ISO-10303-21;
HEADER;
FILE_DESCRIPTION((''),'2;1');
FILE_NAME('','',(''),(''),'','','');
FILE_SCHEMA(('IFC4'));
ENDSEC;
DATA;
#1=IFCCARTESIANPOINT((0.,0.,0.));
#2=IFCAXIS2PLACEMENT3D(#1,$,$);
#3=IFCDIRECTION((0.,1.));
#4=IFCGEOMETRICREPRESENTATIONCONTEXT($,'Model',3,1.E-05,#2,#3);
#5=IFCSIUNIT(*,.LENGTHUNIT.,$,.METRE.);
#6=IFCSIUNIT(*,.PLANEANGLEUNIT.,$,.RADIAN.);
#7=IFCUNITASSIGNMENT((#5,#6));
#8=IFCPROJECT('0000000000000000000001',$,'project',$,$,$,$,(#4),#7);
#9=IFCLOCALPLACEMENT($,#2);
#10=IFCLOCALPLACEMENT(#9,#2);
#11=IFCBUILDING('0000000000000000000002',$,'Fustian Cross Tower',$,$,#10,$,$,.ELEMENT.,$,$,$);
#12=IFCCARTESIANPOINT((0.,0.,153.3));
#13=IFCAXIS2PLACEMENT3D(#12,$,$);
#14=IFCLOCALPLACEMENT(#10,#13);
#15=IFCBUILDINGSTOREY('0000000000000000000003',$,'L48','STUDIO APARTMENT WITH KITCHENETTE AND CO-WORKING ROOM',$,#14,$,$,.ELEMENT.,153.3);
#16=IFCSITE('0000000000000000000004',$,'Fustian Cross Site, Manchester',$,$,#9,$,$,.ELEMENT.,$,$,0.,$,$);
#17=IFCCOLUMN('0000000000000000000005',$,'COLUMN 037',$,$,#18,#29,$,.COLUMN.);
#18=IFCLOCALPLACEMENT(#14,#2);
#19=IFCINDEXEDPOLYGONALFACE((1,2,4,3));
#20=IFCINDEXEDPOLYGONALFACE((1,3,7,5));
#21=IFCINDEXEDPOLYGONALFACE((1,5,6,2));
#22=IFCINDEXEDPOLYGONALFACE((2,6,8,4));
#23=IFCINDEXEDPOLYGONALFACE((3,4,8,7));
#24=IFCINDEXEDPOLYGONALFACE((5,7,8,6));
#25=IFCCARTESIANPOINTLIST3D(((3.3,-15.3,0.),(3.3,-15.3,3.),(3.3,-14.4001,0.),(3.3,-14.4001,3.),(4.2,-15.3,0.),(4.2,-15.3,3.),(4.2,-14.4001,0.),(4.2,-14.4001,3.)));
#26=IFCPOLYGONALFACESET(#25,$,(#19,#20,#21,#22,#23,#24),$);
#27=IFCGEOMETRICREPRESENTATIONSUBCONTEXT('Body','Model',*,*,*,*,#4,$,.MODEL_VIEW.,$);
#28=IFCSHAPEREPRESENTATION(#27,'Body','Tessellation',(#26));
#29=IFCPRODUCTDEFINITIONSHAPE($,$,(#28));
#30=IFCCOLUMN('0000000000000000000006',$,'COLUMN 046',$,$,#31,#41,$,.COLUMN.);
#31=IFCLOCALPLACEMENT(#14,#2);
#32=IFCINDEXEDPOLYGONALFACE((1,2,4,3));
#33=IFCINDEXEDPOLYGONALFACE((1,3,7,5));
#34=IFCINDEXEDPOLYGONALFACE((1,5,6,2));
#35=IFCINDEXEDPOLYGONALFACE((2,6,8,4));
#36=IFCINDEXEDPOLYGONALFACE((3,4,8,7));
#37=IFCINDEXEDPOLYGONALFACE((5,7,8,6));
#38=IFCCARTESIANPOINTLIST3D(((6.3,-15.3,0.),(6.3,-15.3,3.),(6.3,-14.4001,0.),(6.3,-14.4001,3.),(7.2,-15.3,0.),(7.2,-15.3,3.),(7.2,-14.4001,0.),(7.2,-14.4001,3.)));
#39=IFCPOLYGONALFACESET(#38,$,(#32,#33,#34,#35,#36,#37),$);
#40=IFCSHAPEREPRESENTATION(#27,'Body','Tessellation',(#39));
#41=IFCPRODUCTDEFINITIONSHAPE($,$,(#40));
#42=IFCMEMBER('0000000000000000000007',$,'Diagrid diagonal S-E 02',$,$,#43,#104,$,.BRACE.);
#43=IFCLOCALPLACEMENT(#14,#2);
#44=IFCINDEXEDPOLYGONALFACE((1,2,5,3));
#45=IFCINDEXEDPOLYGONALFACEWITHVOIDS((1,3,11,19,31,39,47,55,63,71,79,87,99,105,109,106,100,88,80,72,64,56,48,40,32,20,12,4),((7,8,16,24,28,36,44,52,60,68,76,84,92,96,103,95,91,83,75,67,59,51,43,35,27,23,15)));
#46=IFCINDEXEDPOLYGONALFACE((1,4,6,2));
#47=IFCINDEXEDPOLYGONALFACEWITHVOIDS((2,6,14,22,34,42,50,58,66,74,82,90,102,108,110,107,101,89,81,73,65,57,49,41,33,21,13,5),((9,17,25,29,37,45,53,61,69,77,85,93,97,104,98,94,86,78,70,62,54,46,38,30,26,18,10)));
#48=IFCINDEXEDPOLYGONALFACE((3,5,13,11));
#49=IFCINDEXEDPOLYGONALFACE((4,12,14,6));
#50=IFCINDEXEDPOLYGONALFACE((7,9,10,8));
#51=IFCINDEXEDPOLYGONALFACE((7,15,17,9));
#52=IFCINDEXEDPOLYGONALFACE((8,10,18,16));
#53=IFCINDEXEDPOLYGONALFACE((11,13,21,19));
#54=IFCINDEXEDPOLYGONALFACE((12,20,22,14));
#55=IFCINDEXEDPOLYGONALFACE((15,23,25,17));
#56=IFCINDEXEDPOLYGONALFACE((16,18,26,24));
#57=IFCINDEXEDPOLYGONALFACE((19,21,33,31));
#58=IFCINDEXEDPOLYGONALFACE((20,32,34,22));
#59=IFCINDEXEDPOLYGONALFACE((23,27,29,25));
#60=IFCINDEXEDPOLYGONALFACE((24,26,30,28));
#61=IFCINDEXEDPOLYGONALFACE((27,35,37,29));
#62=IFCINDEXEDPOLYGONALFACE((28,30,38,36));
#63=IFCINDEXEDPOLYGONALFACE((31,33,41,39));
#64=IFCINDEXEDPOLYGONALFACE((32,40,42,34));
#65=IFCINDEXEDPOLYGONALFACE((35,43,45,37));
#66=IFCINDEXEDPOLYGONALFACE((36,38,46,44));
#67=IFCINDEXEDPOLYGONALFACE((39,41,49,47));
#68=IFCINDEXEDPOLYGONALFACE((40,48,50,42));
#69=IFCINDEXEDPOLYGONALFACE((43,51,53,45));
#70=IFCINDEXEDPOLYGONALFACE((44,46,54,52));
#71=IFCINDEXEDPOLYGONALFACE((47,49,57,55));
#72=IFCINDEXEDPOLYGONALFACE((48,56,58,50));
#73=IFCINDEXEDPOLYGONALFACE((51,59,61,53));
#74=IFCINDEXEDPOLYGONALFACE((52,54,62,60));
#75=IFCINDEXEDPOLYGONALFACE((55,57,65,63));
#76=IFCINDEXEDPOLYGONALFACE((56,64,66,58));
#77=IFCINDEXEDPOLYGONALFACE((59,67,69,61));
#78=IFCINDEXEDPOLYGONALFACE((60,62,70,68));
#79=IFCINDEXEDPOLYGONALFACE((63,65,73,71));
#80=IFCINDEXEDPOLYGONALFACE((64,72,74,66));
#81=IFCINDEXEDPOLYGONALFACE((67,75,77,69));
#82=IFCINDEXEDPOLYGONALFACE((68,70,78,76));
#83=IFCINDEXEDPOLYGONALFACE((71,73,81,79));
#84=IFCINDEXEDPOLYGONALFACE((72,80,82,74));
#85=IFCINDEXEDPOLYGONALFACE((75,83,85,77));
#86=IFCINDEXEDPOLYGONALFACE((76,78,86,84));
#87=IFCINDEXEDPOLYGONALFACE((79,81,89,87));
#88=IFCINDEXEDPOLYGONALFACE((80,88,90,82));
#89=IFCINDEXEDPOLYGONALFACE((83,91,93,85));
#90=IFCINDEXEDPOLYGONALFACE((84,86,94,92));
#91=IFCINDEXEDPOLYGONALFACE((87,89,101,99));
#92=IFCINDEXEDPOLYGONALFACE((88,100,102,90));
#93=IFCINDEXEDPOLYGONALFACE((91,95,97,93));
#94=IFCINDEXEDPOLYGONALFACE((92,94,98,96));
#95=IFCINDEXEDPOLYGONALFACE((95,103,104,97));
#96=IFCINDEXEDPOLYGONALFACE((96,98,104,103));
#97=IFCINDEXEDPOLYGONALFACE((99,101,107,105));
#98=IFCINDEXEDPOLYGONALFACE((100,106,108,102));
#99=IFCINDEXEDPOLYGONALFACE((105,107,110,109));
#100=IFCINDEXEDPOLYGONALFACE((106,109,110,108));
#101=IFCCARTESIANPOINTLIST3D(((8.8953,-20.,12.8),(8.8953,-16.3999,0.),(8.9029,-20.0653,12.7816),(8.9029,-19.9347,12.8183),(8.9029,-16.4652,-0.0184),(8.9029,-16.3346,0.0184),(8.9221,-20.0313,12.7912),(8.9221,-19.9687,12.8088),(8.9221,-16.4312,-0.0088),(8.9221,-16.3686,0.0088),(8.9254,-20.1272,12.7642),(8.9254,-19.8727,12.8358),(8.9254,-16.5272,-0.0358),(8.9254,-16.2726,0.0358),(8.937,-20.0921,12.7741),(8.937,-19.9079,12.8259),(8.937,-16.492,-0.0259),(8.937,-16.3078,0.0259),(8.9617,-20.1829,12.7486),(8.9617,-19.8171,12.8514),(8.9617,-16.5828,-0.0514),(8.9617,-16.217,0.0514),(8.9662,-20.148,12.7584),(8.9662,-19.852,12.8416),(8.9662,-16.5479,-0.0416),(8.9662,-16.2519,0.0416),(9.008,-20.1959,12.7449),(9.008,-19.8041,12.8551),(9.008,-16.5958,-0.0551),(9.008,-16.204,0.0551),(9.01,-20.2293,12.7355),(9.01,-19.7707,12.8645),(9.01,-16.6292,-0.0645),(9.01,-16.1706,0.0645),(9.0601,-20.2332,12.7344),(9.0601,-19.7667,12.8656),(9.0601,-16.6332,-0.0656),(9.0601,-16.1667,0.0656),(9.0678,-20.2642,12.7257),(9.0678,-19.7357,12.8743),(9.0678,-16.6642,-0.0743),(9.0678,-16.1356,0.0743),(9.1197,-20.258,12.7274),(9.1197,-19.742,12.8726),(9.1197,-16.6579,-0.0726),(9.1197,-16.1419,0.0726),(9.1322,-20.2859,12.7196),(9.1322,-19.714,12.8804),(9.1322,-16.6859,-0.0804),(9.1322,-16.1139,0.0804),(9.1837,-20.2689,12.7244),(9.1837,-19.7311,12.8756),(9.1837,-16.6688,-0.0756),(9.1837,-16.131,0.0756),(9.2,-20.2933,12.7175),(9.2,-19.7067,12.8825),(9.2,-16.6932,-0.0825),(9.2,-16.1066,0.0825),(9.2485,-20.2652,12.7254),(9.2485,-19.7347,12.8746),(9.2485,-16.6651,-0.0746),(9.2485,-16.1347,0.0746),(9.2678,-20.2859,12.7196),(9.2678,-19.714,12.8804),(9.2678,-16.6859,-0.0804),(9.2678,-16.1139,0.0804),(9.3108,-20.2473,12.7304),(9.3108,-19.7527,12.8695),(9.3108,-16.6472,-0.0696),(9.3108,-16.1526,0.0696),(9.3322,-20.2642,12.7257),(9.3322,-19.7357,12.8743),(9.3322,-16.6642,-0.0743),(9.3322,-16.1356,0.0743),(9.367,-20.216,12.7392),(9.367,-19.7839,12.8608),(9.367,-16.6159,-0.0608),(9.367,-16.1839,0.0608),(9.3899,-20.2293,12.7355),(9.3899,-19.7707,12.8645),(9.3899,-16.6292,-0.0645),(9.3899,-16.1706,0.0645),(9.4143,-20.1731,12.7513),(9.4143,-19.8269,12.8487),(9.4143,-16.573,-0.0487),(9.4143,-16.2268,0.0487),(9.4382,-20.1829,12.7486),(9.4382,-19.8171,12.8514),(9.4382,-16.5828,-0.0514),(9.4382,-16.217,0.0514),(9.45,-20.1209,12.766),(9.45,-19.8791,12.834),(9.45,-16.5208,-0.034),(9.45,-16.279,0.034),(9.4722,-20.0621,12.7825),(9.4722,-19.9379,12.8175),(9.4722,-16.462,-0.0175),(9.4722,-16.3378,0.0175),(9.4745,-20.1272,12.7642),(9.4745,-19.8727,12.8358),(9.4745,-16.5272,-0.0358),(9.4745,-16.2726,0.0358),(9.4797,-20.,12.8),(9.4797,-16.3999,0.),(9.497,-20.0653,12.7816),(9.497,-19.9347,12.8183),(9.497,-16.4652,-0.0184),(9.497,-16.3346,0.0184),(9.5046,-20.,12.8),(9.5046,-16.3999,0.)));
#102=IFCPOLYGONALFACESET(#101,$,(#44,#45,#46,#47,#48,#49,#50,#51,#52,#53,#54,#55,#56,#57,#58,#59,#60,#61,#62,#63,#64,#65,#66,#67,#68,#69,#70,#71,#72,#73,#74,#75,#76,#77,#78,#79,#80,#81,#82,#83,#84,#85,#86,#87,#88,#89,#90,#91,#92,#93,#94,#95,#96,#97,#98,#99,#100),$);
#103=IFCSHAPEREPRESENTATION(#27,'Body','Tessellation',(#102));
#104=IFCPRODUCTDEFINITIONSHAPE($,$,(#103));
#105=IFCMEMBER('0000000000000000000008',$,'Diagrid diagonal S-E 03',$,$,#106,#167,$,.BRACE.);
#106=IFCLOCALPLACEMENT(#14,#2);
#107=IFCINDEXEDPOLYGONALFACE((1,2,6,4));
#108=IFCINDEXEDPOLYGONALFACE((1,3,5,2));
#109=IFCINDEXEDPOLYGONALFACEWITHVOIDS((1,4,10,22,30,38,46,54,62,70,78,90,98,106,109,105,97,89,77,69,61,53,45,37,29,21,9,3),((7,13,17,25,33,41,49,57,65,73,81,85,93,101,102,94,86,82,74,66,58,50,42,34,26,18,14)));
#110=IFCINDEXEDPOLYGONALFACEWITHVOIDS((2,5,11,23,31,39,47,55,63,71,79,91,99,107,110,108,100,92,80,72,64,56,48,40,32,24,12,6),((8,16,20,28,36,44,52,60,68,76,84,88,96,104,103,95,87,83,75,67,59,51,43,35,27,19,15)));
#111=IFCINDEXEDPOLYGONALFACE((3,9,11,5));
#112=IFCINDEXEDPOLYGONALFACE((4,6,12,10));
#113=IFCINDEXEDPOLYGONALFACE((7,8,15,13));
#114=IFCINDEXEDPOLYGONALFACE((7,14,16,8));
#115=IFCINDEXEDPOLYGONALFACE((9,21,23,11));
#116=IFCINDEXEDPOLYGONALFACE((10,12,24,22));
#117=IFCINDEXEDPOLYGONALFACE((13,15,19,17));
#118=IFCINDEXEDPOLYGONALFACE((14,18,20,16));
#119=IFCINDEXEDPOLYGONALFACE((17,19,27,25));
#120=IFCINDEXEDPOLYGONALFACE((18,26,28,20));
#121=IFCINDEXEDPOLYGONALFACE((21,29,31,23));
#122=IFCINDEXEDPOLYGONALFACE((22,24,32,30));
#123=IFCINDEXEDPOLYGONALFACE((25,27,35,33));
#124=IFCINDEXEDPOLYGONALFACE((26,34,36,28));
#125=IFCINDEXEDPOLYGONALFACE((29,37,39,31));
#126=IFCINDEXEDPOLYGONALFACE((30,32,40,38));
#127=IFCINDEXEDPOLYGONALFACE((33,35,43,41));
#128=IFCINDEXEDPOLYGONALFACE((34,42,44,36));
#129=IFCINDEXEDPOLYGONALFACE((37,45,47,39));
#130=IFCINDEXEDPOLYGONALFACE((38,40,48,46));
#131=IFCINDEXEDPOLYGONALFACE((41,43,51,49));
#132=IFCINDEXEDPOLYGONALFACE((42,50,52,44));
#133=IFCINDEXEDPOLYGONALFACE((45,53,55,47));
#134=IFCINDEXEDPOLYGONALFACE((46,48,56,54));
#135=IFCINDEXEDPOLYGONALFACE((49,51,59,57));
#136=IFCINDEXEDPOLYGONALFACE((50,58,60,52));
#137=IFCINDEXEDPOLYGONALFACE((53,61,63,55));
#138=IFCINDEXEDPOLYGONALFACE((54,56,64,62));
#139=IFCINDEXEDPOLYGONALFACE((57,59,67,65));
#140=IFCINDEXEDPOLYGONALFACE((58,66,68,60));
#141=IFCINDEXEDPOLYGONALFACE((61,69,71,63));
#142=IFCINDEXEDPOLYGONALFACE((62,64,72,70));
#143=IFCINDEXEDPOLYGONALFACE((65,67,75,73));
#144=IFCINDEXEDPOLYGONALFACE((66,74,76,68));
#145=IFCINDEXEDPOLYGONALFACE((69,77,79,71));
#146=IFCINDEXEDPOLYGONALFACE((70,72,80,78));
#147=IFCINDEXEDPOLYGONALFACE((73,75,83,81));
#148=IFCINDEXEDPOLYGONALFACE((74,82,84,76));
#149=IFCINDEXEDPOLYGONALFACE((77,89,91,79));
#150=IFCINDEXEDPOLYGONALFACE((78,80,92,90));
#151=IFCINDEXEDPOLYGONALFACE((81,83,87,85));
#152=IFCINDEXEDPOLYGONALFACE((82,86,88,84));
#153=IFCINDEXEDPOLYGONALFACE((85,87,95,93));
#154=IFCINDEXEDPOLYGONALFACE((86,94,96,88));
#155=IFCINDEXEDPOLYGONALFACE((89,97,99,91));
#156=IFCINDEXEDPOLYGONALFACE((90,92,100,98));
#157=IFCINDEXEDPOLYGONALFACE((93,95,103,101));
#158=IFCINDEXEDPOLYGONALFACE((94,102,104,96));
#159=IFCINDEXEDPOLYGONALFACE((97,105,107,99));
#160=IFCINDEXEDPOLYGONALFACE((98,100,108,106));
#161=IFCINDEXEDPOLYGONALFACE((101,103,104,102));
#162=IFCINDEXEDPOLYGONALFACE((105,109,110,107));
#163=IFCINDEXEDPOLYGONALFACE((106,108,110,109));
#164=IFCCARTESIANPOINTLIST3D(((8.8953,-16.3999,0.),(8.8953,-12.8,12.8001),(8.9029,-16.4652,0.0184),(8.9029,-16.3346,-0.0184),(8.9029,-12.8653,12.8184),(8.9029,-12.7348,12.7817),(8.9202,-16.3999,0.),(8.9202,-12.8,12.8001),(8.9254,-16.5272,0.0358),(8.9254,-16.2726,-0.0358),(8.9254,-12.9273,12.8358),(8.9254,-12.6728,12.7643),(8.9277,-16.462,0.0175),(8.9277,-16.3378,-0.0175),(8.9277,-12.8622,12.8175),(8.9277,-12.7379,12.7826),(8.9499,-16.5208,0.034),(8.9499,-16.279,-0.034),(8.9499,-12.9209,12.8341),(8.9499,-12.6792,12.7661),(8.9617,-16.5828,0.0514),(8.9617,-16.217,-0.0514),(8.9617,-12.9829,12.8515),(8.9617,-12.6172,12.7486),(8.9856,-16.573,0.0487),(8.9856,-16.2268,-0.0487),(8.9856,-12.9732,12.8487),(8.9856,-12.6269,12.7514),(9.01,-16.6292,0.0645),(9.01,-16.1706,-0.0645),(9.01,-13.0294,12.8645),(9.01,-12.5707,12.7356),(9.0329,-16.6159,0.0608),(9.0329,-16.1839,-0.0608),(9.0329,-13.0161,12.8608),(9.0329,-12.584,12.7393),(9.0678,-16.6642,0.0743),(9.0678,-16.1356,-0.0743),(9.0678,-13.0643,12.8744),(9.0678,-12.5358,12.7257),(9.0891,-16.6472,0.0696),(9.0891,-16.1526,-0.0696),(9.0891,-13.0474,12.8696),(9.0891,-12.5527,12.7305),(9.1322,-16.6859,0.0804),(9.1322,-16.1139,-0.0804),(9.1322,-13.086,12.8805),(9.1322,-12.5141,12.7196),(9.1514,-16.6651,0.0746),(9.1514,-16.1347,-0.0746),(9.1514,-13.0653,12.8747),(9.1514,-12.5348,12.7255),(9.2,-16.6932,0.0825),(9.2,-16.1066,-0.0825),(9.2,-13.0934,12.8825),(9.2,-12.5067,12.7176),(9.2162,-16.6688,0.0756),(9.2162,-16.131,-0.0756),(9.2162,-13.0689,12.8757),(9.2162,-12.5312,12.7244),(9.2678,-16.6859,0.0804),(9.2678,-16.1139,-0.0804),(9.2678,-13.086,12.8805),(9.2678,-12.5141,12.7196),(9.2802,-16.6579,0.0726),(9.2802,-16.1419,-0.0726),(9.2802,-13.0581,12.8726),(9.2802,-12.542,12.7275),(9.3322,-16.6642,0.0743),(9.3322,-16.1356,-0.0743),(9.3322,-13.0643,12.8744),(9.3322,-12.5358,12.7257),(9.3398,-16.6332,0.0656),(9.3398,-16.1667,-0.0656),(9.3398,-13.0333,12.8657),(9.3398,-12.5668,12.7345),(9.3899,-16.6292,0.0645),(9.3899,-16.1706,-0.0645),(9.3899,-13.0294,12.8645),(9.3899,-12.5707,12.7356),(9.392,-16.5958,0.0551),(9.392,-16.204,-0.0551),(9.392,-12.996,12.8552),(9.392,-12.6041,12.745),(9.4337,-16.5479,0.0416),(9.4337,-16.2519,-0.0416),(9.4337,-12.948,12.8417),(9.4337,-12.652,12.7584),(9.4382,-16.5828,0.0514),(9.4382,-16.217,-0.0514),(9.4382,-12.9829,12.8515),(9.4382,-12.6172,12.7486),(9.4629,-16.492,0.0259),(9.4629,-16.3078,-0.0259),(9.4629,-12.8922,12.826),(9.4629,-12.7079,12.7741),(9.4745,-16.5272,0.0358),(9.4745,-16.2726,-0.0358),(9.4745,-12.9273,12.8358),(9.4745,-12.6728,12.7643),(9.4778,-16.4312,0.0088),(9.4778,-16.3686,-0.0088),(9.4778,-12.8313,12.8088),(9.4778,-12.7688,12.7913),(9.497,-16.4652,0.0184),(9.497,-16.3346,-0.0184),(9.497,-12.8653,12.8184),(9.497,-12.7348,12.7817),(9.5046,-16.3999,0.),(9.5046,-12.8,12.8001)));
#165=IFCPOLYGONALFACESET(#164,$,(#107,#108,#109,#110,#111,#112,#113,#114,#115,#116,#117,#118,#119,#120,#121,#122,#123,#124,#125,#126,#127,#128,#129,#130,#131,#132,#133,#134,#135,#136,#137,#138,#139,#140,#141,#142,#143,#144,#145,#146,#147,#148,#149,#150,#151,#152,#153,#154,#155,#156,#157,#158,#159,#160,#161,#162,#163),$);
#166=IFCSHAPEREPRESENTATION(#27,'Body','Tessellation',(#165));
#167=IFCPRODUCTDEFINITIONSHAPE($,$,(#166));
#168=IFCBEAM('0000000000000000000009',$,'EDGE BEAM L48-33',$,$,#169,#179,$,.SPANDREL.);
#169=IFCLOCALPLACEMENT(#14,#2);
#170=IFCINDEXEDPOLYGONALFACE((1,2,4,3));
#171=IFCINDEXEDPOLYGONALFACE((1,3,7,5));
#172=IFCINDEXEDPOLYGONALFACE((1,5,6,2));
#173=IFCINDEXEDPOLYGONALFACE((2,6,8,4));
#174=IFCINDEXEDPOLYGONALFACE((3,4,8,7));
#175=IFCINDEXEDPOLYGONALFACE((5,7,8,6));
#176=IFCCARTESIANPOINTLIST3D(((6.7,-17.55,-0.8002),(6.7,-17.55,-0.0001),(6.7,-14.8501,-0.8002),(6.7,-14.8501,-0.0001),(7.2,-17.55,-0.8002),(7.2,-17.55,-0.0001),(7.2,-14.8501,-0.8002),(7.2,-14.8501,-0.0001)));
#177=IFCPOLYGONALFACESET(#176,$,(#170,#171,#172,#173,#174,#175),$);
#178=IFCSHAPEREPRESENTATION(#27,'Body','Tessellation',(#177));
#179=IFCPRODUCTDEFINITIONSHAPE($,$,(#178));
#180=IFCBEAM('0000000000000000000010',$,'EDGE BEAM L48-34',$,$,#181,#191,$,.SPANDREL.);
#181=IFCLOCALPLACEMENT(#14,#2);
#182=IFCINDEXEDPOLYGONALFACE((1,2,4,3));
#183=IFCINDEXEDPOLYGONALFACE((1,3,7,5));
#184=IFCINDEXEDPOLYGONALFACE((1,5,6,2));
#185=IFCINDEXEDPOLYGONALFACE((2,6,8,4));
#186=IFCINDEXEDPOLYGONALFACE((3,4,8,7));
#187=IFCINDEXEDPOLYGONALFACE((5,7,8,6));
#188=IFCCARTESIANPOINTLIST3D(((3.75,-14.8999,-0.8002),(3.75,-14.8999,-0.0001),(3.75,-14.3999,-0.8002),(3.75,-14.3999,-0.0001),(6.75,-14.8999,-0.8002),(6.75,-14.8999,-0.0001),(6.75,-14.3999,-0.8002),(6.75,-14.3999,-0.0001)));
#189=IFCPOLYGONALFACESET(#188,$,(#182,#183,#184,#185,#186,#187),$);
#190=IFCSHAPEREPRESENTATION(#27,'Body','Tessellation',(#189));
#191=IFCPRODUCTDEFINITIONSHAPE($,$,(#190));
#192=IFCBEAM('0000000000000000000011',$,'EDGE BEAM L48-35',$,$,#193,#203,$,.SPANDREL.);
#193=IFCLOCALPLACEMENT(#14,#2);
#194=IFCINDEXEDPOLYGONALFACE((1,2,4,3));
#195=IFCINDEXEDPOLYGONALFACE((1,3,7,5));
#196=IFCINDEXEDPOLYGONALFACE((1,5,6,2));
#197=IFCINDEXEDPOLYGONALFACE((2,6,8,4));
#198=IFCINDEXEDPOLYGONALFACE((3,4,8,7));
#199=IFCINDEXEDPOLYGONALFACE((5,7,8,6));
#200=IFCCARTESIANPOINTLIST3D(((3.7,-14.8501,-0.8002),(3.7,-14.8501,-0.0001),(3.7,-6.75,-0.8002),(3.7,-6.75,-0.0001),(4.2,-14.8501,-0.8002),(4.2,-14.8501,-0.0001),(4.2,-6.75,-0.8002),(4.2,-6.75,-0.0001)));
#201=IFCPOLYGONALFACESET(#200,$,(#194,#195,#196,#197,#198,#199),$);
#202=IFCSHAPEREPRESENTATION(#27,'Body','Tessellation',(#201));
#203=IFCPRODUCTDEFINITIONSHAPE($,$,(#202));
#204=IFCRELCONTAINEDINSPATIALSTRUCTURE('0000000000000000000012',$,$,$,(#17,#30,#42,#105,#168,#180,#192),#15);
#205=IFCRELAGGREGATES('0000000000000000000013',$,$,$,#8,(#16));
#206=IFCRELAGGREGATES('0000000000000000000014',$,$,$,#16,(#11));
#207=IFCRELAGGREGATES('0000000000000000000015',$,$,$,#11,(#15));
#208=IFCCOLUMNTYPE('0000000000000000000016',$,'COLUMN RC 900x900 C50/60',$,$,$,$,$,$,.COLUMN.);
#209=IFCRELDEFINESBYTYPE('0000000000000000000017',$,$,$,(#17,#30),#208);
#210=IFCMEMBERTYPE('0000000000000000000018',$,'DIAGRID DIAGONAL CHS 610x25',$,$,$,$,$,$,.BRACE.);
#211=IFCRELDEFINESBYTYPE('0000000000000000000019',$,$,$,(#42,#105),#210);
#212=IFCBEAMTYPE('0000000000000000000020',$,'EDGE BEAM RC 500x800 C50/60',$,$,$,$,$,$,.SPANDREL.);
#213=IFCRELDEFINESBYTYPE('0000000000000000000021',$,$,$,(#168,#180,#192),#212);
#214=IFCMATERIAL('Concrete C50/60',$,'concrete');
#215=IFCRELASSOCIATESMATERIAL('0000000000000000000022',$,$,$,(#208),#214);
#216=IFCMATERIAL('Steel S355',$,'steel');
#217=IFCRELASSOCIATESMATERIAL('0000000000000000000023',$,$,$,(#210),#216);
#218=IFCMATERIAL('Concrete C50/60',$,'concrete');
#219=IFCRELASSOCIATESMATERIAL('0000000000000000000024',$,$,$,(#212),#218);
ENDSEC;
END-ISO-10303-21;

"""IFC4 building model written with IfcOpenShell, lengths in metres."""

from ifc_helpers import new_model, si_unit, direction, frame, origin, origin_2d, place, context, subcontext, project, spatial, rectangle, hollow_circle, extrude, material, material_profile, profile_set, type_object, element, save


model = new_model("IFC4")

# Units and contexts
model_context = context("Model", 3, precision=1e-05, world=origin(), true_north=direction((0.0, 1.0)))
body_context = subcontext(model_context, "Body", "Model", "MODEL_VIEW")
ifc_project = project(units=[si_unit("LENGTHUNIT", "METRE"), si_unit("PLANEANGLEUNIT", "RADIAN")], contexts=[model_context])

# Site, building, storey
site_placement = place(None, origin())
site = spatial("IfcSite", under=ifc_project, at=site_placement, Name="Fustian Cross Site, Manchester", CompositionType="ELEMENT", RefElevation=0.0)
building_placement = place(site_placement, origin())
building = spatial("IfcBuilding", under=site, at=building_placement, Name="Fustian Cross Tower", CompositionType="ELEMENT")
storey_placement = place(building_placement, frame((0.0, 0.0, 153.3)))
storey = spatial("IfcBuildingStorey", under=building, at=storey_placement, Name="L48", Description="STUDIO APARTMENT WITH KITCHENETTE AND CO-WORKING ROOM", CompositionType="ELEMENT", Elevation=153.3)

# Columns
ifc_material_1 = material(Name="Concrete C50/60", Category="concrete")
ifc_material_profile_1 = material_profile(ifc_material_1, rectangle(XDim=0.8999, YDim=0.8999, at=origin_2d()), Name="RC 900x900")
ifc_profile_set_1 = profile_set([ifc_material_profile_1], Name="Concrete C50/60")
column_type = type_object("IfcColumnType", Name="COLUMN RC 900x900 C50/60", PredefinedType="COLUMN", material=ifc_profile_set_1)
for number, where, z_axis, x_axis, name in (
    (1, (3.75, -14.8501, 0.0), (0.0, 0.0, 1.0), (1.0, 0.0, 0.0), "COLUMN 037"),
    (2, (6.75, -14.8501, 0.0), (0.0, 0.0, 1.0), (1.0, 0.0, 0.0), "COLUMN 046"),
):
    element("IfcColumn", number, at=place(storey_placement, frame(where, z_axis=z_axis, x_axis=x_axis)), inside=storey, type_object=column_type, Name=name, PredefinedType="COLUMN", context=body_context, shape_type="SweptSolid", body=[
        extrude(rectangle(XDim=0.8999, YDim=0.8999, at=origin_2d()), origin(), (0.0, 0.0, 1.0), 3.0),
    ])

# Members
ifc_material_2 = material(Name="Steel S355", Category="steel")
ifc_material_profile_2 = material_profile(ifc_material_2, hollow_circle(Radius=0.3047, WallThickness=0.0249, at=origin_2d()), Name="CHS 610x25")
ifc_profile_set_2 = profile_set([ifc_material_profile_2], Name="Steel S355")
member_type = type_object("IfcMemberType", Name="DIAGRID DIAGONAL CHS 610x25", PredefinedType="BRACE", material=ifc_profile_set_2)
for number, where, z_axis, x_axis, name in (
    (3, (9.2, -16.3999, 0.0), (0.0, -0.270751, 0.962649), (1.0, 0.0, 0.0), "Diagrid diagonal S-E 02"),
    (4, (9.2, -16.3999, 0.0), (0.0, 0.270734, 0.962654), (-1.0, 0.0, 0.0), "Diagrid diagonal S-E 03"),
):
    element("IfcMember", number, at=place(storey_placement, frame(where, z_axis=z_axis, x_axis=x_axis)), inside=storey, type_object=member_type, Name=name, PredefinedType="BRACE", context=body_context, shape_type="SweptSolid", body=[
        extrude(hollow_circle(Radius=0.3047, WallThickness=0.0249, at=origin_2d()), origin(), (0.0, 0.0, 1.0), 13.2966),
    ])

# Beams
ifc_material_3 = material(Name="Concrete C50/60", Category="concrete")
ifc_material_profile_3 = material_profile(ifc_material_3, rectangle(XDim=0.5, YDim=0.8, at=origin_2d()), Name="RC 500x800")
ifc_profile_set_3 = profile_set([ifc_material_profile_3], Name="Concrete C50/60")
beam_type = type_object("IfcBeamType", Name="EDGE BEAM RC 500x800 C50/60", PredefinedType="SPANDREL", material=ifc_profile_set_3)
beam_1_placement = place(storey_placement, frame((6.95, -17.55, -0.4001), z_axis=(0.0, 1.0, 0.0), x_axis=(-1.0, 0.0, 0.0)))
element("IfcBeam", 5, at=beam_1_placement, inside=storey, type_object=beam_type, Name="EDGE BEAM L48-33", PredefinedType="SPANDREL", context=body_context, shape_type="SweptSolid", body=[
    extrude(rectangle(XDim=0.5, YDim=0.8, at=origin_2d()), origin(), (0.0, 0.0, 1.0), 2.7),
])
beam_2_placement = place(storey_placement, frame((6.75, -14.6499, -0.4001), z_axis=(-1.0, 0.0, 0.0), x_axis=(0.0, -1.0, 0.0)))
element("IfcBeam", 6, at=beam_2_placement, inside=storey, type_object=beam_type, Name="EDGE BEAM L48-34", PredefinedType="SPANDREL", context=body_context, shape_type="SweptSolid", body=[
    extrude(rectangle(XDim=0.5, YDim=0.8, at=origin_2d()), origin(), (0.0, 0.0, 1.0), 3.0),
])
beam_3_placement = place(storey_placement, frame((3.95, -14.8501, -0.4001), z_axis=(0.0, 1.0, 0.0), x_axis=(-1.0, 0.0, 0.0)))
element("IfcBeam", 7, at=beam_3_placement, inside=storey, type_object=beam_type, Name="EDGE BEAM L48-35", PredefinedType="SPANDREL", context=body_context, shape_type="SweptSolid", body=[
    extrude(rectangle(XDim=0.5, YDim=0.8, at=origin_2d()), origin(), (0.0, 0.0, 1.0), 8.1001),
])

save(model, "model.ifc")
